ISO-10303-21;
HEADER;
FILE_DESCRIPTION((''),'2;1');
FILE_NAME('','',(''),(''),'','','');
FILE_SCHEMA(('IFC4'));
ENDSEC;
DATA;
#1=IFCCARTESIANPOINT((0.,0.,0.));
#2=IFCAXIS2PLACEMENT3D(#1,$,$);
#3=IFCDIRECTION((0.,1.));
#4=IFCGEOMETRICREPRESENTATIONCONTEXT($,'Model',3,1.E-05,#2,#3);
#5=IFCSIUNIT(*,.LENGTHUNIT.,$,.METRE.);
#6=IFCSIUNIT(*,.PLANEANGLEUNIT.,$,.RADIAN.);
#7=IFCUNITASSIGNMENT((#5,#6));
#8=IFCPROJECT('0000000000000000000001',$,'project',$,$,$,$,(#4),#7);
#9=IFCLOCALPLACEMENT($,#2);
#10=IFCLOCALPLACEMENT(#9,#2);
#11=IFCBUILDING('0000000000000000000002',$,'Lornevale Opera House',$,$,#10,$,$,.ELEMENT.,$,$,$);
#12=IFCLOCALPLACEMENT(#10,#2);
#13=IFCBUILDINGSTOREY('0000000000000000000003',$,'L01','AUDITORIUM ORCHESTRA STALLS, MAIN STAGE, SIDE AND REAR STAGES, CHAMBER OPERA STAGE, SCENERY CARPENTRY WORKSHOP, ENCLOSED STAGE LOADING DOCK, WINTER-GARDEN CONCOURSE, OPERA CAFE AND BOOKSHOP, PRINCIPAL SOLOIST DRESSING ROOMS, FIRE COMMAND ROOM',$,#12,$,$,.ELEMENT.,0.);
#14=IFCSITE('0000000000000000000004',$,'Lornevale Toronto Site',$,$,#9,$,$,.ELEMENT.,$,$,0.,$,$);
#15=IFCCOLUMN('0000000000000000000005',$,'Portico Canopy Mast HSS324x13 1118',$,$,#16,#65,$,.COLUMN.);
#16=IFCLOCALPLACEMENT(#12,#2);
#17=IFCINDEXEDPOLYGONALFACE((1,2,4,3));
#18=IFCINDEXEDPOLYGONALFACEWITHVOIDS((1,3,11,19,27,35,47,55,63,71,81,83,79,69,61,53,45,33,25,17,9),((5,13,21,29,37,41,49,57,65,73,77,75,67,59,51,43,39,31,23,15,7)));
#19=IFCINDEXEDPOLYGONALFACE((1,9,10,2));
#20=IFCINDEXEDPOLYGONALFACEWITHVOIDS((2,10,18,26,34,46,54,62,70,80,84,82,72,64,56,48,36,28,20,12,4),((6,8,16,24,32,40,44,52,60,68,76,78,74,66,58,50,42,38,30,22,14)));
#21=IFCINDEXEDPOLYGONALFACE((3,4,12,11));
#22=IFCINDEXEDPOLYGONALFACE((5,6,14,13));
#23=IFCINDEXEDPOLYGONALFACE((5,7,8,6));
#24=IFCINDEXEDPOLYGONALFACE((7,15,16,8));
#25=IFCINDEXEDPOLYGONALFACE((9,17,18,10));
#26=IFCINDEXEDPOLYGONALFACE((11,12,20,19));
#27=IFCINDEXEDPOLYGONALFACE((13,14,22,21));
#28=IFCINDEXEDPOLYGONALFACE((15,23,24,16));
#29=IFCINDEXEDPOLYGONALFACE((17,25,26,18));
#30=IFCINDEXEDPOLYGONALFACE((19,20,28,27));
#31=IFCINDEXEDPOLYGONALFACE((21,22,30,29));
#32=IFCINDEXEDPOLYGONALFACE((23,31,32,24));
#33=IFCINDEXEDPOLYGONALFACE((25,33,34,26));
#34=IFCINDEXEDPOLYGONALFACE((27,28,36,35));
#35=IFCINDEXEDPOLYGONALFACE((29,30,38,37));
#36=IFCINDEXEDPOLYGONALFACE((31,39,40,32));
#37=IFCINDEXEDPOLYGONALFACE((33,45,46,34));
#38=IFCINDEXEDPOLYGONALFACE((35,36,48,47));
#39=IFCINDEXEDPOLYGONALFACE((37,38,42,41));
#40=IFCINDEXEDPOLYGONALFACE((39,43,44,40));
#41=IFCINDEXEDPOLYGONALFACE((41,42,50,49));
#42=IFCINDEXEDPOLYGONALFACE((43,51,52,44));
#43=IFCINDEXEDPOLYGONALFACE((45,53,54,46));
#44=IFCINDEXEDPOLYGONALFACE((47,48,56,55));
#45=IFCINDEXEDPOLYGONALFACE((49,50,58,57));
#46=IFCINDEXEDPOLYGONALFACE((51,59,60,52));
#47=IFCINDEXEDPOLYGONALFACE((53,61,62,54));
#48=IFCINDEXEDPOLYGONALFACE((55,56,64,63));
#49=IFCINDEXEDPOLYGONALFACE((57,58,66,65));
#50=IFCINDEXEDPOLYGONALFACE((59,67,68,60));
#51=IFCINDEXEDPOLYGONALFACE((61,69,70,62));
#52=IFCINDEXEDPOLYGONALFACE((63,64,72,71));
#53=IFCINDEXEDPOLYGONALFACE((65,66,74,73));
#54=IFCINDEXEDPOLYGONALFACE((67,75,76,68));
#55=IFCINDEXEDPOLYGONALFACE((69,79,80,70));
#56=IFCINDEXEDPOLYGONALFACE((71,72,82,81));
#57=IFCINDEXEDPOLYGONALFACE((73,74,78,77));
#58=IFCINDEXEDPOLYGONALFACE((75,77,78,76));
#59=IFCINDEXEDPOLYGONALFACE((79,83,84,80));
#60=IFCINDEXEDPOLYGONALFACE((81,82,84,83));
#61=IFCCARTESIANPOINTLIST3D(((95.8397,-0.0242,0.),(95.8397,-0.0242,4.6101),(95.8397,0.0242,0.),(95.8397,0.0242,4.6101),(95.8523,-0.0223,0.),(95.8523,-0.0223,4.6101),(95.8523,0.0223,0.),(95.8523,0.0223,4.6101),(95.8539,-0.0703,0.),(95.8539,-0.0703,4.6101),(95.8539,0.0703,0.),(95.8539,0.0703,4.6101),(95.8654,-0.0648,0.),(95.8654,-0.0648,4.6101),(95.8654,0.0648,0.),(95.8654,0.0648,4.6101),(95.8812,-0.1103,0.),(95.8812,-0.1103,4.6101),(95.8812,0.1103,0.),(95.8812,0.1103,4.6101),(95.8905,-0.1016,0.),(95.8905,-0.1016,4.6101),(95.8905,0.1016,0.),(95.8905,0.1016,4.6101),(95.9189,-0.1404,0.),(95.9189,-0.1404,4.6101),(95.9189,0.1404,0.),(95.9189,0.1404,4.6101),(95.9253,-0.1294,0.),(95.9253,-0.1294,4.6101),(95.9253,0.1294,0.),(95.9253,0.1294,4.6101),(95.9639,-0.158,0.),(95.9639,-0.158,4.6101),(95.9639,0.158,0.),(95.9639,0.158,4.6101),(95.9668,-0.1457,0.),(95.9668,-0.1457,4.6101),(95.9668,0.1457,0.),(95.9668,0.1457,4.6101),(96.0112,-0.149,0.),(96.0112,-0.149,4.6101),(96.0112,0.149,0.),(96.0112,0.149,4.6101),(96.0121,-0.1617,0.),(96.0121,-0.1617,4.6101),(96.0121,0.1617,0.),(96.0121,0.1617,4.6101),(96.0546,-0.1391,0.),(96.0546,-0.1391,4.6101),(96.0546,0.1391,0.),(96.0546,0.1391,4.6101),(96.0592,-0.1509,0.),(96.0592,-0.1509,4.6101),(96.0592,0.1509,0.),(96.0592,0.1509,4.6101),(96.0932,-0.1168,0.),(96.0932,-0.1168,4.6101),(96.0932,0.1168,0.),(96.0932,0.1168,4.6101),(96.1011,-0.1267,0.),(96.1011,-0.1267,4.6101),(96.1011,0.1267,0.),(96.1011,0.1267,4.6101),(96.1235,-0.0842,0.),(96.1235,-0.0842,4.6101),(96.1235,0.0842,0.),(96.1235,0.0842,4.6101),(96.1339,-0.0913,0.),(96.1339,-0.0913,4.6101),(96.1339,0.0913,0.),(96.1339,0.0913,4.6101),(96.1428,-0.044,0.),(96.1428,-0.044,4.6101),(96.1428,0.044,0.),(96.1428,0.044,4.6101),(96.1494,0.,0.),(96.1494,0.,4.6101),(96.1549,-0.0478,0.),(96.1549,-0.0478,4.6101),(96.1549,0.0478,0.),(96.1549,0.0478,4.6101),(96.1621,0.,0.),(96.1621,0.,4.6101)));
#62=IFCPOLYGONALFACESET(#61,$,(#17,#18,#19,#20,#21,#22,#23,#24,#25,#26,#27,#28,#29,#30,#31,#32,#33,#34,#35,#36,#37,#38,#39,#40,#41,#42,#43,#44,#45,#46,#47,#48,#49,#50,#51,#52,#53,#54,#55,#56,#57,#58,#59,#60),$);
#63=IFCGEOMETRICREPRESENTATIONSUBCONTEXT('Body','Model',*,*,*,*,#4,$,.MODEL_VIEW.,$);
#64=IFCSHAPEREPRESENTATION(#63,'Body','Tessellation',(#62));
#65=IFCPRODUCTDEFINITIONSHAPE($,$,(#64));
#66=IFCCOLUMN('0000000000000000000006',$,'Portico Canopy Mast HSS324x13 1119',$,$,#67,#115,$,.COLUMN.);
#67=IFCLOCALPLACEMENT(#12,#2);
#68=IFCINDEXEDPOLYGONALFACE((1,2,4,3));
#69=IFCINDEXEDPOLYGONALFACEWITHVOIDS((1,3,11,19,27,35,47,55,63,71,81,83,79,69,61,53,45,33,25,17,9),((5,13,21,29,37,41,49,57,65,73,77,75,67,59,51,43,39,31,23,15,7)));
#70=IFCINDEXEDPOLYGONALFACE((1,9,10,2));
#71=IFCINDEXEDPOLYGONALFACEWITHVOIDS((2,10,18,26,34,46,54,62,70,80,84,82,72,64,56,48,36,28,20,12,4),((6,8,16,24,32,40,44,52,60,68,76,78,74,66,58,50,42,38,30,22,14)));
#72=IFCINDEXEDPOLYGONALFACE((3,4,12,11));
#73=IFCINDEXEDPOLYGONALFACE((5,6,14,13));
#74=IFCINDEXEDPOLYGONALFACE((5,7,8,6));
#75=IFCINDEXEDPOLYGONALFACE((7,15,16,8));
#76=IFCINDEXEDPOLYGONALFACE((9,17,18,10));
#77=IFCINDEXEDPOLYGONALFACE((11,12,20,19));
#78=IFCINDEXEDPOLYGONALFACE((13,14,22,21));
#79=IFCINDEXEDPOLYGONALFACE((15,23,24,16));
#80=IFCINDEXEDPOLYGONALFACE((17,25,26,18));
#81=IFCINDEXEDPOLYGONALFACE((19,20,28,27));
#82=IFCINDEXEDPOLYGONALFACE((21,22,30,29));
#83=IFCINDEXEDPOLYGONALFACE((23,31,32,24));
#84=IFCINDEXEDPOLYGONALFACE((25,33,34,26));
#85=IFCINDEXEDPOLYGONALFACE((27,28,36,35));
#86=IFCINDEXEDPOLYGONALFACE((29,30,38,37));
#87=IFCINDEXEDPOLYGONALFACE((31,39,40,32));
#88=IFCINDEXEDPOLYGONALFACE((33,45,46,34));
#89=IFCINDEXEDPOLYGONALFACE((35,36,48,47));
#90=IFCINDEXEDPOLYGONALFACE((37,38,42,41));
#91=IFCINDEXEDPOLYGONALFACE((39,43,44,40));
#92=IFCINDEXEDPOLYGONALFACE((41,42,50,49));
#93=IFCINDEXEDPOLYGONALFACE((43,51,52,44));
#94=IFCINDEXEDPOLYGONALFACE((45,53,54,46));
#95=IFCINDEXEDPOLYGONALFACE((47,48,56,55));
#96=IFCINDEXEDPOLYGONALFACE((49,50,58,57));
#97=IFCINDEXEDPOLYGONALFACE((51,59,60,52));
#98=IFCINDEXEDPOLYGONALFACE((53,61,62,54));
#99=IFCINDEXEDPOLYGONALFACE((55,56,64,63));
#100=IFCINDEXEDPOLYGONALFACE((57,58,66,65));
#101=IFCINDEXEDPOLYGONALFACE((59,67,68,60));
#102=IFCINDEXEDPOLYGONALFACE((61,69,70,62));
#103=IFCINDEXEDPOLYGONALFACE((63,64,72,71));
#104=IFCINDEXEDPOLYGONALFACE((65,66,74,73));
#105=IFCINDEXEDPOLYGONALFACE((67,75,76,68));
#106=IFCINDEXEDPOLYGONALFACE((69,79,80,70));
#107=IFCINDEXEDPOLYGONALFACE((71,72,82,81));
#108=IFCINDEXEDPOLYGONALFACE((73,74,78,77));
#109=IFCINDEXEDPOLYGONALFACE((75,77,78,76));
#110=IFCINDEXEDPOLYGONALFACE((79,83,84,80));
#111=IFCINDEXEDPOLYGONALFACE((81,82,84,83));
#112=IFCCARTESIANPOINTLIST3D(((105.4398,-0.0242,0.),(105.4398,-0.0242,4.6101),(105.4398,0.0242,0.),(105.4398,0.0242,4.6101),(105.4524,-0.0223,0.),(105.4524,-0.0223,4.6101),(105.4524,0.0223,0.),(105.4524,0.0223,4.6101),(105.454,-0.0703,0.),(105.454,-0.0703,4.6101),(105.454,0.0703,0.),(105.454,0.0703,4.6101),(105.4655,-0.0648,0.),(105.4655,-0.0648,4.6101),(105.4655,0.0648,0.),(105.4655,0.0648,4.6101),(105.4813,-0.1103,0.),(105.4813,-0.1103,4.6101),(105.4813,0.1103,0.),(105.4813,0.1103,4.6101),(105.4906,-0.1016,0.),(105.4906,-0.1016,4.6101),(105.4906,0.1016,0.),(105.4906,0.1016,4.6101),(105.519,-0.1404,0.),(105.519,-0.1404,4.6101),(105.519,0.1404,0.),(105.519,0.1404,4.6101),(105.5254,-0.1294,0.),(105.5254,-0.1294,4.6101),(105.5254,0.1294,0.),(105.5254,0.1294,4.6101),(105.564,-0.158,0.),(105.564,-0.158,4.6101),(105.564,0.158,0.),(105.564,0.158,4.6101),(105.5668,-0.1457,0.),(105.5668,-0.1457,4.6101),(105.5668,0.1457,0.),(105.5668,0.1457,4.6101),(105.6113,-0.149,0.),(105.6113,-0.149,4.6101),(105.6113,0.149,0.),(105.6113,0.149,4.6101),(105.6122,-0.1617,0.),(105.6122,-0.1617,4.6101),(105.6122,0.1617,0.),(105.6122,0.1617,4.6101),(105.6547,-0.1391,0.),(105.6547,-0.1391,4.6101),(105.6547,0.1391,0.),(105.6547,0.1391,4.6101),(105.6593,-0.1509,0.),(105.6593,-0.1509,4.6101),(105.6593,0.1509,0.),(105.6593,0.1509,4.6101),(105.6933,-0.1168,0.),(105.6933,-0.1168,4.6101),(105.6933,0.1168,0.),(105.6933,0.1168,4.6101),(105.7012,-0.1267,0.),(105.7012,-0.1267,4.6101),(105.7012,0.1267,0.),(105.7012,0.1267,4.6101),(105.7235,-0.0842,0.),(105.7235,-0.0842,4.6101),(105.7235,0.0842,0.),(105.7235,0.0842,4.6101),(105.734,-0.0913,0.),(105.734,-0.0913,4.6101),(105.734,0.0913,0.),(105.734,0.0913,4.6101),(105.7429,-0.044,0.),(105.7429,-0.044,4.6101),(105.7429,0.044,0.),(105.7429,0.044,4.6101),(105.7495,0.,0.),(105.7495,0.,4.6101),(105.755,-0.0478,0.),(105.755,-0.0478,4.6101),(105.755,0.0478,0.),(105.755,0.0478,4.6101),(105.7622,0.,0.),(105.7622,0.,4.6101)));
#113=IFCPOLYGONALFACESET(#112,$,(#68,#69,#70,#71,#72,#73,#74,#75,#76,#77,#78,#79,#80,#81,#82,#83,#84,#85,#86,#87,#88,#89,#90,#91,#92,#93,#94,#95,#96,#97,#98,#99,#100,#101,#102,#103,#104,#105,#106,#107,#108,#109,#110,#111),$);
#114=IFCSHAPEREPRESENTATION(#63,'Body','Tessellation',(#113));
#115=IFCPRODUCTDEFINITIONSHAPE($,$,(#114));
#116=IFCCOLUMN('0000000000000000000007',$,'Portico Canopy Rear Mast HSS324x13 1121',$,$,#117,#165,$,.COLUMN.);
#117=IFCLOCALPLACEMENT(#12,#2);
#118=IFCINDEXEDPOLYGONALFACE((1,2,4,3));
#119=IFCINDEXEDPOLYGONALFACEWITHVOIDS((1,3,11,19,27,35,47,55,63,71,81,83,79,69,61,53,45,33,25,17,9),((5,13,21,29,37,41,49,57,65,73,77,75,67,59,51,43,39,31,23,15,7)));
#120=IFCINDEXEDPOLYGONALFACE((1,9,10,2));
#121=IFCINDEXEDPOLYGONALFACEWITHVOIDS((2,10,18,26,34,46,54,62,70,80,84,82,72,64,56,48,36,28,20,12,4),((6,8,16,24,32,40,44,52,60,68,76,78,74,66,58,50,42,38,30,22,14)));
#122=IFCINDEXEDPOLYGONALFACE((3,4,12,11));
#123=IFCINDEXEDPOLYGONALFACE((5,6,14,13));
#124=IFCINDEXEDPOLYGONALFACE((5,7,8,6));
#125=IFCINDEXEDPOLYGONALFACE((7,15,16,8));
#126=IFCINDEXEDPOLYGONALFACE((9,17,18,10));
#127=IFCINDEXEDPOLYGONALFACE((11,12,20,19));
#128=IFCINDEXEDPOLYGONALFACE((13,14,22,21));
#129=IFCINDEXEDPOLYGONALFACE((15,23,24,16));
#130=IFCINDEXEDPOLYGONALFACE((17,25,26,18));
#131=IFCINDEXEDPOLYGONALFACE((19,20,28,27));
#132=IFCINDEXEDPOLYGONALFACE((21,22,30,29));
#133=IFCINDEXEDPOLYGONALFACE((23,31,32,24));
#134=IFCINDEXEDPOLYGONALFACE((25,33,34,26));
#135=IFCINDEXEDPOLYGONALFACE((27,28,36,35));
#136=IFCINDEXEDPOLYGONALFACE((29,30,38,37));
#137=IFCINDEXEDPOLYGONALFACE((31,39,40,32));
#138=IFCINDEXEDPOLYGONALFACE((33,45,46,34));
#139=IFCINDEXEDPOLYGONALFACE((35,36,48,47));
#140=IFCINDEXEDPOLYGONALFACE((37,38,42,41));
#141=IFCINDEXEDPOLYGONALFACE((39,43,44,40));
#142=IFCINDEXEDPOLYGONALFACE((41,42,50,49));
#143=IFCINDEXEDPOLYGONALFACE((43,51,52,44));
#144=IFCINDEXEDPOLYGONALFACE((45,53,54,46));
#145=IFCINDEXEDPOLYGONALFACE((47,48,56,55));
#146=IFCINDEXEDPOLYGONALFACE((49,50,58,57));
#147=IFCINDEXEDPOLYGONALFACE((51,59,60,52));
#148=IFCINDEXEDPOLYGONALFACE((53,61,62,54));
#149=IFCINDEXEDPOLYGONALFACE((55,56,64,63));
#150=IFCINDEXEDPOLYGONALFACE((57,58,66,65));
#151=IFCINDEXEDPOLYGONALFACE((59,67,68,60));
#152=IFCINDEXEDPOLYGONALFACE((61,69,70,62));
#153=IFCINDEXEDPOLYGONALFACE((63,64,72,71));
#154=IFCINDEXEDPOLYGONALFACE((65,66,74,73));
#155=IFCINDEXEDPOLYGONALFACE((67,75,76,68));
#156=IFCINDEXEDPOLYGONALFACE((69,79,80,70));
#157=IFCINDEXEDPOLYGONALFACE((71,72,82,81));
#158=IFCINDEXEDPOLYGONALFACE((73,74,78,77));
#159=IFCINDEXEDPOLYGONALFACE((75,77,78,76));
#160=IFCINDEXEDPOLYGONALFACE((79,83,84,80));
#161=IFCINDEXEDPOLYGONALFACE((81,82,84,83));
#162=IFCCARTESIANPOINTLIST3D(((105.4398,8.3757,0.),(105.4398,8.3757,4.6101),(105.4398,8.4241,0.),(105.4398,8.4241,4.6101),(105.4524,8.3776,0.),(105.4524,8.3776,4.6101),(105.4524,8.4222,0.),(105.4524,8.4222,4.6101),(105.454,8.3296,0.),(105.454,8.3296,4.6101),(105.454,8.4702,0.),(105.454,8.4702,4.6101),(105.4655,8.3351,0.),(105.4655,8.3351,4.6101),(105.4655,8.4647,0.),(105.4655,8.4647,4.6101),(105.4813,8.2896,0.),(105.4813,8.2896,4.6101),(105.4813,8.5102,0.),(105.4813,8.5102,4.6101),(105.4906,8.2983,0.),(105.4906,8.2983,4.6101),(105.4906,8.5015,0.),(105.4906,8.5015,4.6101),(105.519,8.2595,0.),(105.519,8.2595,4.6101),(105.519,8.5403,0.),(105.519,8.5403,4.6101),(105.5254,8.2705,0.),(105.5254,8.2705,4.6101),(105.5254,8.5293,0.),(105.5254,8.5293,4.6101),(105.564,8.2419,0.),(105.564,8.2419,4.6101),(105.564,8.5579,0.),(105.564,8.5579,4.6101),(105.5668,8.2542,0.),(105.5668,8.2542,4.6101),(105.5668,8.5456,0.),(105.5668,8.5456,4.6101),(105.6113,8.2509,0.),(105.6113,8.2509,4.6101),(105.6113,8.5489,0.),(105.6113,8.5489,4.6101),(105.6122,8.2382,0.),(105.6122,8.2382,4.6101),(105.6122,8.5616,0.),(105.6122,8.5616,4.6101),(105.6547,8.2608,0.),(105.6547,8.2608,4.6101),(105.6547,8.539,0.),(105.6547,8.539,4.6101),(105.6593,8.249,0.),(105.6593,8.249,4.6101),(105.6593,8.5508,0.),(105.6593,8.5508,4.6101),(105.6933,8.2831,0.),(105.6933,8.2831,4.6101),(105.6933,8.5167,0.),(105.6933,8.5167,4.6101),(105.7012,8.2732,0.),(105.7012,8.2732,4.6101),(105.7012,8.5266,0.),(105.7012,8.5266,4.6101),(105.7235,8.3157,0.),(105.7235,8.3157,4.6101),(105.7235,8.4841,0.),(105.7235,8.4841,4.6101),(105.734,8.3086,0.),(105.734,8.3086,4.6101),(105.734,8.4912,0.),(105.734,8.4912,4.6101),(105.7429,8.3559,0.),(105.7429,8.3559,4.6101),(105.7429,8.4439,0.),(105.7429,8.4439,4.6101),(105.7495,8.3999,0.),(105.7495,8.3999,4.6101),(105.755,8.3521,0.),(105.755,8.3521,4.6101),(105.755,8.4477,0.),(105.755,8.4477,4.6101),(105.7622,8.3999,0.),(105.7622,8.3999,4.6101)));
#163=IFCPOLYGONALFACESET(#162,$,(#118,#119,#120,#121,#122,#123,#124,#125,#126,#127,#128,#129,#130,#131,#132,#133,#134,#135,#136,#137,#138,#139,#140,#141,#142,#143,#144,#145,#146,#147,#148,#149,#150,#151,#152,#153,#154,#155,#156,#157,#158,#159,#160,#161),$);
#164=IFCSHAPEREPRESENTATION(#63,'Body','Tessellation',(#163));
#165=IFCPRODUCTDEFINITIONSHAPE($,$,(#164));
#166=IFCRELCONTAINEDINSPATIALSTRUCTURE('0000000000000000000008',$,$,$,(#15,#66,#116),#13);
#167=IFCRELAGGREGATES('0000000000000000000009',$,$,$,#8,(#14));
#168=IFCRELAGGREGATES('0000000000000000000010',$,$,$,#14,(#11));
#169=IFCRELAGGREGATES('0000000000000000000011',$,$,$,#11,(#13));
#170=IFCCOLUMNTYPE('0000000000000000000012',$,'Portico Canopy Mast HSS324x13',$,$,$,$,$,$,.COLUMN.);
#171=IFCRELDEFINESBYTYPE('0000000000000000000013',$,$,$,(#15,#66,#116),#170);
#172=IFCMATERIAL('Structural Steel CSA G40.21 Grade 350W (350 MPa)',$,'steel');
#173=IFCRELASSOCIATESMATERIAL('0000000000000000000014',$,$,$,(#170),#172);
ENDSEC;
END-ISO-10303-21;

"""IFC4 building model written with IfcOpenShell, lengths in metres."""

from ifc_helpers import new_model, si_unit, direction, frame, origin, origin_2d, place, context, subcontext, project, spatial, hollow_circle, extrude, material, material_profile, profile_set, type_object, element, save


model = new_model("IFC4")

# Units and contexts
model_context = context("Model", 3, precision=1e-05, world=origin(), true_north=direction((0.0, 1.0)))
body_context = subcontext(model_context, "Body", "Model", "MODEL_VIEW")
ifc_project = project(units=[si_unit("LENGTHUNIT", "METRE"), si_unit("PLANEANGLEUNIT", "RADIAN")], contexts=[model_context])

# Site, building, storey
site_placement = place(None, origin())
site = spatial("IfcSite", under=ifc_project, at=site_placement, Name="Lornevale Toronto Site", CompositionType="ELEMENT", RefElevation=0.0)
building_placement = place(site_placement, origin())
building = spatial("IfcBuilding", under=site, at=building_placement, Name="Lornevale Opera House", CompositionType="ELEMENT")
storey_placement = place(building_placement, origin())
storey = spatial("IfcBuildingStorey", under=building, at=storey_placement, Name="L01", Description="AUDITORIUM ORCHESTRA STALLS, MAIN STAGE, SIDE AND REAR STAGES, CHAMBER OPERA STAGE, SCENERY CARPENTRY WORKSHOP, ENCLOSED STAGE LOADING DOCK, WINTER-GARDEN CONCOURSE, OPERA CAFE AND BOOKSHOP, PRINCIPAL SOLOIST DRESSING ROOMS, FIRE COMMAND ROOM", CompositionType="ELEMENT", Elevation=0.0)

# Columns
ifc_material_1 = material(Name="Structural Steel CSA G40.21 Grade 350W (350 MPa)", Category="steel")
ifc_material_profile_1 = material_profile(ifc_material_1, hollow_circle(Radius=0.1621, WallThickness=0.0127, at=origin_2d()), Name="HSS324x13")
ifc_profile_set_1 = profile_set([ifc_material_profile_1], Name="Structural Steel CSA G40.21 Grade 350W (350 MPa)")
column_type_1 = type_object("IfcColumnType", Name="Portico Canopy Mast HSS324x13", PredefinedType="COLUMN", material=ifc_profile_set_1)
for number, where, z_axis, x_axis, name in (
    (1, (96.0, 0.0, 0.0), (0.0, 0.0, 1.0), (1.0, 0.0, 0.0), "Portico Canopy Mast HSS324x13 1118"),
    (2, (105.6001, 0.0, 0.0), (0.0, 0.0, 1.0), (1.0, 0.0, 0.0), "Portico Canopy Mast HSS324x13 1119"),
    (3, (105.6001, 8.3999, 0.0), (0.0, 0.0, 1.0), (1.0, 0.0, 0.0), "Portico Canopy Rear Mast HSS324x13 1121"),
):
    element("IfcColumn", number, at=place(storey_placement, frame(where, z_axis=z_axis, x_axis=x_axis)), inside=storey, type_object=column_type_1, Name=name, PredefinedType="COLUMN", context=body_context, shape_type="SweptSolid", body=[
        extrude(hollow_circle(Radius=0.1621, WallThickness=0.0127, at=origin_2d()), origin(), (0.0, 0.0, 1.0), 4.6101),
    ])

save(model, "model.ifc")
